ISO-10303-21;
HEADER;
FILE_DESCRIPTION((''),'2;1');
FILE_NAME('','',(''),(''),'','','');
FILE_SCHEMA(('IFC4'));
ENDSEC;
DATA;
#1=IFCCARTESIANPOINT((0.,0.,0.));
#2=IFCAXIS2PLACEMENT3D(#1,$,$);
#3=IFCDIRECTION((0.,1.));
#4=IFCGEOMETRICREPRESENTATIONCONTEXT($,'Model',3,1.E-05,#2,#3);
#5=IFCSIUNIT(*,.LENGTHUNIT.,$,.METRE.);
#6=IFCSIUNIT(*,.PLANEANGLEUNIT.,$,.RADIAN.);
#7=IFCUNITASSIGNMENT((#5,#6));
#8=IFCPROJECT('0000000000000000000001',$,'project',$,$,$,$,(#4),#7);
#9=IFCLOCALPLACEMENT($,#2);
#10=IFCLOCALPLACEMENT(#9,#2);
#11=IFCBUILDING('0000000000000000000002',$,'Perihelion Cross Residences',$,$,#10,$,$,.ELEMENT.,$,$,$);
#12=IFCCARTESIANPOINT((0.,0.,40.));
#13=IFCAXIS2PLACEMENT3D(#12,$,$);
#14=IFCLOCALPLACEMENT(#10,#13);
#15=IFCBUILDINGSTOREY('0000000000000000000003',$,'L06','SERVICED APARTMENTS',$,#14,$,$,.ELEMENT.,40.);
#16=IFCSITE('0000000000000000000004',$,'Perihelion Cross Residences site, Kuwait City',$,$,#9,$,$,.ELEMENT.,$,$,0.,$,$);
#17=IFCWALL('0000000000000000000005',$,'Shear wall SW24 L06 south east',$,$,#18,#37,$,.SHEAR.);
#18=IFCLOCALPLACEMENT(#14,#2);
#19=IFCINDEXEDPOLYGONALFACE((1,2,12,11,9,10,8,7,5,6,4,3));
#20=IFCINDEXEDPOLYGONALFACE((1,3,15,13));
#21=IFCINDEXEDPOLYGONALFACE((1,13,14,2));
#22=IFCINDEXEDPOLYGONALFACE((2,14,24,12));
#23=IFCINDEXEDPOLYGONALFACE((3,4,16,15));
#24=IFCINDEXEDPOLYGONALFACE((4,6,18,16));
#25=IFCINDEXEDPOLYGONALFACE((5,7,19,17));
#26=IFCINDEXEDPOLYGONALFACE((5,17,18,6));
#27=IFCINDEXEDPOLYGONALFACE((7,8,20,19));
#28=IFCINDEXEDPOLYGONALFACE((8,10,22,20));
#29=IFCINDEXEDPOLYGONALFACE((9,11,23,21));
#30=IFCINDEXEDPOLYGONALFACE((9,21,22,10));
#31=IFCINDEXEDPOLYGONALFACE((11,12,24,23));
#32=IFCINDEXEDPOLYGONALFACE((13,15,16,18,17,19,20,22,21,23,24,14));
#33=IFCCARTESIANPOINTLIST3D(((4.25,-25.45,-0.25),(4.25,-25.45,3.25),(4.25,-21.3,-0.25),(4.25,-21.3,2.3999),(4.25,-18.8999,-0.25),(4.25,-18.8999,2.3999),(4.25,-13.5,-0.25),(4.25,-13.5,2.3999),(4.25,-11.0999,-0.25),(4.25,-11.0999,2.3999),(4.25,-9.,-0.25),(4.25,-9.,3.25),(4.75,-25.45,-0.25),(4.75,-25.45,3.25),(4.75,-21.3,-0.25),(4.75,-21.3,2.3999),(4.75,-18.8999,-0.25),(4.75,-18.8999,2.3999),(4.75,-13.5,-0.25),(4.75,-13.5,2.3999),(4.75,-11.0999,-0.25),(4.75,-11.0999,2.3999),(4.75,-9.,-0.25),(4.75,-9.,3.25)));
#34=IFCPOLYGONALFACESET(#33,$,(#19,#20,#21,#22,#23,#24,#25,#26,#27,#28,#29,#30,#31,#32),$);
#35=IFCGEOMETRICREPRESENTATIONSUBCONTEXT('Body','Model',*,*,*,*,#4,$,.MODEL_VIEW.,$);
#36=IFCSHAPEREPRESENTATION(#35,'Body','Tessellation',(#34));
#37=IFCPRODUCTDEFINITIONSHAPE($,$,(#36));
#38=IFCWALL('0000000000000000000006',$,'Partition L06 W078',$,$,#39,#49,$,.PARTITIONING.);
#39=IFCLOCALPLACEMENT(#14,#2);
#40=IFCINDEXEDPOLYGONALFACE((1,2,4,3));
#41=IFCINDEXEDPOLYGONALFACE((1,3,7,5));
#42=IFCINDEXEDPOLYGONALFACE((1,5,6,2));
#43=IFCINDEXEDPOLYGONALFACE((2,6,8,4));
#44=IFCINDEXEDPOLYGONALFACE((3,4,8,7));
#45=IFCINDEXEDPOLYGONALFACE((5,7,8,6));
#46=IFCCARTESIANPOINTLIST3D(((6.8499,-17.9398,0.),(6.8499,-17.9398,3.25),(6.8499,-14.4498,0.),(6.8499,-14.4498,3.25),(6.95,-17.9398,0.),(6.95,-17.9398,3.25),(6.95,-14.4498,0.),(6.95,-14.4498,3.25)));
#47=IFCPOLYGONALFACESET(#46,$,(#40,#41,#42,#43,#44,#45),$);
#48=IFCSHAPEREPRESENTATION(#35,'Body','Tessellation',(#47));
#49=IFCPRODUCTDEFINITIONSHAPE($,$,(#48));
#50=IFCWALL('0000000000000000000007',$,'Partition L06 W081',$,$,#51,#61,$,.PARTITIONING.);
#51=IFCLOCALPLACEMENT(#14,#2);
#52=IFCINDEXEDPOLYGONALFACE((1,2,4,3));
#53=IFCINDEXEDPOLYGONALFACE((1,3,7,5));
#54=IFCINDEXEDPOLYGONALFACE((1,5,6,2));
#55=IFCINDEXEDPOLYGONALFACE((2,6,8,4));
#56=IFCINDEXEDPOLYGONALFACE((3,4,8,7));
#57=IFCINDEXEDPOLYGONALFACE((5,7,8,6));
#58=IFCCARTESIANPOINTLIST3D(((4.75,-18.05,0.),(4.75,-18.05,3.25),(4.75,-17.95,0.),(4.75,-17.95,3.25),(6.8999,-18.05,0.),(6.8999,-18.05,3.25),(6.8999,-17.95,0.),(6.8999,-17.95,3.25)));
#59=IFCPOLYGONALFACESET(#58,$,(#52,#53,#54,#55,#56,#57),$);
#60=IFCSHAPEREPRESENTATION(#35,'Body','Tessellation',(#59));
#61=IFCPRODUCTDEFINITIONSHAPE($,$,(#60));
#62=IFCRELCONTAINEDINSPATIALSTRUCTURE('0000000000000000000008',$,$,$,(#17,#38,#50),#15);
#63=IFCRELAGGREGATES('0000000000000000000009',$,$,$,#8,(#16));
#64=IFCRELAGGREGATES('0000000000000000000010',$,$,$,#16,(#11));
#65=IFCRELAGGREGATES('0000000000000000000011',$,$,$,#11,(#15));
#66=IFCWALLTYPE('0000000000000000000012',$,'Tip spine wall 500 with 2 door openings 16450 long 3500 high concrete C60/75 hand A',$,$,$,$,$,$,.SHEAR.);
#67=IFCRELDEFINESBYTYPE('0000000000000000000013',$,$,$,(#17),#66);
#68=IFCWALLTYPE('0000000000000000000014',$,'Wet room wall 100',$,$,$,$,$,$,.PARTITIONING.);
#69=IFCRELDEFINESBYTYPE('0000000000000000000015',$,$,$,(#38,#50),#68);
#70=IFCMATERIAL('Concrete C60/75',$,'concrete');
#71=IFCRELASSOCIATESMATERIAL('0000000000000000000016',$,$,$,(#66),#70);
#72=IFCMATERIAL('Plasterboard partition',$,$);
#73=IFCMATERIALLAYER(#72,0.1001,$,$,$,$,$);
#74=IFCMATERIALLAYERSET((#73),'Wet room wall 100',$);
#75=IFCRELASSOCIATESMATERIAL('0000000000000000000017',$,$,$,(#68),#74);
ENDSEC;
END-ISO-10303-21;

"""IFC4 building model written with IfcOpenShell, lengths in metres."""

from ifc_helpers import new_model, si_unit, direction, frame, frame_2d, origin, place, context, subcontext, project, spatial, polyline, rectangle, outline, extrude, material, layer, layer_set, material_profile, profile_set, type_object, element, save


model = new_model("IFC4")

# Units and contexts
model_context = context("Model", 3, precision=1e-05, world=origin(), true_north=direction((0.0, 1.0)))
body_context = subcontext(model_context, "Body", "Model", "MODEL_VIEW")
ifc_project = project(units=[si_unit("LENGTHUNIT", "METRE"), si_unit("PLANEANGLEUNIT", "RADIAN")], contexts=[model_context])

# Site, building, storey
site_placement = place(None, origin())
site = spatial("IfcSite", under=ifc_project, at=site_placement, Name="Perihelion Cross Residences site, Kuwait City", CompositionType="ELEMENT", RefElevation=0.0)
building_placement = place(site_placement, origin())
building = spatial("IfcBuilding", under=site, at=building_placement, Name="Perihelion Cross Residences", CompositionType="ELEMENT")
storey_placement = place(building_placement, frame((0.0, 0.0, 40.0)))
storey = spatial("IfcBuildingStorey", under=building, at=storey_placement, Name="L06", Description="SERVICED APARTMENTS", CompositionType="ELEMENT", Elevation=40.0)

# Walls
ifc_material_1 = material(Name="Concrete C60/75", Category="concrete")
ifc_material_profile_1 = material_profile(ifc_material_1, outline(polyline([(0.0, 0.0), (4.1499, 0.0), (4.1499, 2.6499), (6.55, 2.6499), (6.55, 0.0), (11.95, 0.0), (11.95, 2.6499), (14.3501, 2.6499), (14.3501, 0.0), (16.45, 0.0), (16.45, 3.5), (0.0, 3.5), (0.0, 0.0)])), Name="Tip spine wall")
ifc_profile_set_1 = profile_set([ifc_material_profile_1], Name="Concrete C60/75")
wall_type_1 = type_object("IfcWallType", Name="Tip spine wall 500 with 2 door openings 16450 long 3500 high concrete C60/75 hand A", PredefinedType="SHEAR", material=ifc_profile_set_1)
wall_1_placement = place(storey_placement, frame((4.25, -25.45, -0.25), z_axis=(1.0, 0.0, 0.0), x_axis=(0.0, 1.0, 0.0)))
element("IfcWall", 1, at=wall_1_placement, inside=storey, type_object=wall_type_1, Name="Shear wall SW24 L06 south east", PredefinedType="SHEAR", context=body_context, shape_type="SweptSolid", body=[
    extrude(outline(polyline([(0.0, 0.0), (4.1499, 0.0), (4.1499, 2.6499), (6.55, 2.6499), (6.55, 0.0), (11.95, 0.0), (11.95, 2.6499), (14.3501, 2.6499), (14.3501, 0.0), (16.45, 0.0), (16.45, 3.5), (0.0, 3.5), (0.0, 0.0)])), origin(), (0.0, 0.0, 1.0), 0.5),
])
ifc_material_2 = material(Name="Plasterboard partition")
ifc_layer_1 = layer(ifc_material_2, 0.1001)
ifc_layer_set_1 = layer_set([ifc_layer_1], Name="Wet room wall 100")
wall_type_2 = type_object("IfcWallType", Name="Wet room wall 100", PredefinedType="PARTITIONING", material=ifc_layer_set_1)
wall_2_placement = place(storey_placement, frame((6.8999, -17.9399, 0.0), z_axis=(0.0, 0.0, 1.0), x_axis=(0.0, 1.0, 0.0)))
element("IfcWall", 2, at=wall_2_placement, inside=storey, type_object=wall_type_2, Name="Partition L06 W078", PredefinedType="PARTITIONING", context=body_context, shape_type="SweptSolid", body=[
    extrude(rectangle(XDim=3.49, YDim=0.1001, at=frame_2d((1.7451, 0.0))), origin(), (0.0, 0.0, 1.0), 3.25),
])
wall_3_placement = place(storey_placement, frame((6.8999, -18.0, 0.0), z_axis=(0.0, 0.0, 1.0), x_axis=(-1.0, 0.0, 0.0)))
element("IfcWall", 3, at=wall_3_placement, inside=storey, type_object=wall_type_2, Name="Partition L06 W081", PredefinedType="PARTITIONING", context=body_context, shape_type="SweptSolid", body=[
    extrude(rectangle(XDim=2.1499, YDim=0.1001, at=frame_2d((1.075, 0.0))), origin(), (0.0, 0.0, 1.0), 3.25),
])

save(model, "model.ifc")
